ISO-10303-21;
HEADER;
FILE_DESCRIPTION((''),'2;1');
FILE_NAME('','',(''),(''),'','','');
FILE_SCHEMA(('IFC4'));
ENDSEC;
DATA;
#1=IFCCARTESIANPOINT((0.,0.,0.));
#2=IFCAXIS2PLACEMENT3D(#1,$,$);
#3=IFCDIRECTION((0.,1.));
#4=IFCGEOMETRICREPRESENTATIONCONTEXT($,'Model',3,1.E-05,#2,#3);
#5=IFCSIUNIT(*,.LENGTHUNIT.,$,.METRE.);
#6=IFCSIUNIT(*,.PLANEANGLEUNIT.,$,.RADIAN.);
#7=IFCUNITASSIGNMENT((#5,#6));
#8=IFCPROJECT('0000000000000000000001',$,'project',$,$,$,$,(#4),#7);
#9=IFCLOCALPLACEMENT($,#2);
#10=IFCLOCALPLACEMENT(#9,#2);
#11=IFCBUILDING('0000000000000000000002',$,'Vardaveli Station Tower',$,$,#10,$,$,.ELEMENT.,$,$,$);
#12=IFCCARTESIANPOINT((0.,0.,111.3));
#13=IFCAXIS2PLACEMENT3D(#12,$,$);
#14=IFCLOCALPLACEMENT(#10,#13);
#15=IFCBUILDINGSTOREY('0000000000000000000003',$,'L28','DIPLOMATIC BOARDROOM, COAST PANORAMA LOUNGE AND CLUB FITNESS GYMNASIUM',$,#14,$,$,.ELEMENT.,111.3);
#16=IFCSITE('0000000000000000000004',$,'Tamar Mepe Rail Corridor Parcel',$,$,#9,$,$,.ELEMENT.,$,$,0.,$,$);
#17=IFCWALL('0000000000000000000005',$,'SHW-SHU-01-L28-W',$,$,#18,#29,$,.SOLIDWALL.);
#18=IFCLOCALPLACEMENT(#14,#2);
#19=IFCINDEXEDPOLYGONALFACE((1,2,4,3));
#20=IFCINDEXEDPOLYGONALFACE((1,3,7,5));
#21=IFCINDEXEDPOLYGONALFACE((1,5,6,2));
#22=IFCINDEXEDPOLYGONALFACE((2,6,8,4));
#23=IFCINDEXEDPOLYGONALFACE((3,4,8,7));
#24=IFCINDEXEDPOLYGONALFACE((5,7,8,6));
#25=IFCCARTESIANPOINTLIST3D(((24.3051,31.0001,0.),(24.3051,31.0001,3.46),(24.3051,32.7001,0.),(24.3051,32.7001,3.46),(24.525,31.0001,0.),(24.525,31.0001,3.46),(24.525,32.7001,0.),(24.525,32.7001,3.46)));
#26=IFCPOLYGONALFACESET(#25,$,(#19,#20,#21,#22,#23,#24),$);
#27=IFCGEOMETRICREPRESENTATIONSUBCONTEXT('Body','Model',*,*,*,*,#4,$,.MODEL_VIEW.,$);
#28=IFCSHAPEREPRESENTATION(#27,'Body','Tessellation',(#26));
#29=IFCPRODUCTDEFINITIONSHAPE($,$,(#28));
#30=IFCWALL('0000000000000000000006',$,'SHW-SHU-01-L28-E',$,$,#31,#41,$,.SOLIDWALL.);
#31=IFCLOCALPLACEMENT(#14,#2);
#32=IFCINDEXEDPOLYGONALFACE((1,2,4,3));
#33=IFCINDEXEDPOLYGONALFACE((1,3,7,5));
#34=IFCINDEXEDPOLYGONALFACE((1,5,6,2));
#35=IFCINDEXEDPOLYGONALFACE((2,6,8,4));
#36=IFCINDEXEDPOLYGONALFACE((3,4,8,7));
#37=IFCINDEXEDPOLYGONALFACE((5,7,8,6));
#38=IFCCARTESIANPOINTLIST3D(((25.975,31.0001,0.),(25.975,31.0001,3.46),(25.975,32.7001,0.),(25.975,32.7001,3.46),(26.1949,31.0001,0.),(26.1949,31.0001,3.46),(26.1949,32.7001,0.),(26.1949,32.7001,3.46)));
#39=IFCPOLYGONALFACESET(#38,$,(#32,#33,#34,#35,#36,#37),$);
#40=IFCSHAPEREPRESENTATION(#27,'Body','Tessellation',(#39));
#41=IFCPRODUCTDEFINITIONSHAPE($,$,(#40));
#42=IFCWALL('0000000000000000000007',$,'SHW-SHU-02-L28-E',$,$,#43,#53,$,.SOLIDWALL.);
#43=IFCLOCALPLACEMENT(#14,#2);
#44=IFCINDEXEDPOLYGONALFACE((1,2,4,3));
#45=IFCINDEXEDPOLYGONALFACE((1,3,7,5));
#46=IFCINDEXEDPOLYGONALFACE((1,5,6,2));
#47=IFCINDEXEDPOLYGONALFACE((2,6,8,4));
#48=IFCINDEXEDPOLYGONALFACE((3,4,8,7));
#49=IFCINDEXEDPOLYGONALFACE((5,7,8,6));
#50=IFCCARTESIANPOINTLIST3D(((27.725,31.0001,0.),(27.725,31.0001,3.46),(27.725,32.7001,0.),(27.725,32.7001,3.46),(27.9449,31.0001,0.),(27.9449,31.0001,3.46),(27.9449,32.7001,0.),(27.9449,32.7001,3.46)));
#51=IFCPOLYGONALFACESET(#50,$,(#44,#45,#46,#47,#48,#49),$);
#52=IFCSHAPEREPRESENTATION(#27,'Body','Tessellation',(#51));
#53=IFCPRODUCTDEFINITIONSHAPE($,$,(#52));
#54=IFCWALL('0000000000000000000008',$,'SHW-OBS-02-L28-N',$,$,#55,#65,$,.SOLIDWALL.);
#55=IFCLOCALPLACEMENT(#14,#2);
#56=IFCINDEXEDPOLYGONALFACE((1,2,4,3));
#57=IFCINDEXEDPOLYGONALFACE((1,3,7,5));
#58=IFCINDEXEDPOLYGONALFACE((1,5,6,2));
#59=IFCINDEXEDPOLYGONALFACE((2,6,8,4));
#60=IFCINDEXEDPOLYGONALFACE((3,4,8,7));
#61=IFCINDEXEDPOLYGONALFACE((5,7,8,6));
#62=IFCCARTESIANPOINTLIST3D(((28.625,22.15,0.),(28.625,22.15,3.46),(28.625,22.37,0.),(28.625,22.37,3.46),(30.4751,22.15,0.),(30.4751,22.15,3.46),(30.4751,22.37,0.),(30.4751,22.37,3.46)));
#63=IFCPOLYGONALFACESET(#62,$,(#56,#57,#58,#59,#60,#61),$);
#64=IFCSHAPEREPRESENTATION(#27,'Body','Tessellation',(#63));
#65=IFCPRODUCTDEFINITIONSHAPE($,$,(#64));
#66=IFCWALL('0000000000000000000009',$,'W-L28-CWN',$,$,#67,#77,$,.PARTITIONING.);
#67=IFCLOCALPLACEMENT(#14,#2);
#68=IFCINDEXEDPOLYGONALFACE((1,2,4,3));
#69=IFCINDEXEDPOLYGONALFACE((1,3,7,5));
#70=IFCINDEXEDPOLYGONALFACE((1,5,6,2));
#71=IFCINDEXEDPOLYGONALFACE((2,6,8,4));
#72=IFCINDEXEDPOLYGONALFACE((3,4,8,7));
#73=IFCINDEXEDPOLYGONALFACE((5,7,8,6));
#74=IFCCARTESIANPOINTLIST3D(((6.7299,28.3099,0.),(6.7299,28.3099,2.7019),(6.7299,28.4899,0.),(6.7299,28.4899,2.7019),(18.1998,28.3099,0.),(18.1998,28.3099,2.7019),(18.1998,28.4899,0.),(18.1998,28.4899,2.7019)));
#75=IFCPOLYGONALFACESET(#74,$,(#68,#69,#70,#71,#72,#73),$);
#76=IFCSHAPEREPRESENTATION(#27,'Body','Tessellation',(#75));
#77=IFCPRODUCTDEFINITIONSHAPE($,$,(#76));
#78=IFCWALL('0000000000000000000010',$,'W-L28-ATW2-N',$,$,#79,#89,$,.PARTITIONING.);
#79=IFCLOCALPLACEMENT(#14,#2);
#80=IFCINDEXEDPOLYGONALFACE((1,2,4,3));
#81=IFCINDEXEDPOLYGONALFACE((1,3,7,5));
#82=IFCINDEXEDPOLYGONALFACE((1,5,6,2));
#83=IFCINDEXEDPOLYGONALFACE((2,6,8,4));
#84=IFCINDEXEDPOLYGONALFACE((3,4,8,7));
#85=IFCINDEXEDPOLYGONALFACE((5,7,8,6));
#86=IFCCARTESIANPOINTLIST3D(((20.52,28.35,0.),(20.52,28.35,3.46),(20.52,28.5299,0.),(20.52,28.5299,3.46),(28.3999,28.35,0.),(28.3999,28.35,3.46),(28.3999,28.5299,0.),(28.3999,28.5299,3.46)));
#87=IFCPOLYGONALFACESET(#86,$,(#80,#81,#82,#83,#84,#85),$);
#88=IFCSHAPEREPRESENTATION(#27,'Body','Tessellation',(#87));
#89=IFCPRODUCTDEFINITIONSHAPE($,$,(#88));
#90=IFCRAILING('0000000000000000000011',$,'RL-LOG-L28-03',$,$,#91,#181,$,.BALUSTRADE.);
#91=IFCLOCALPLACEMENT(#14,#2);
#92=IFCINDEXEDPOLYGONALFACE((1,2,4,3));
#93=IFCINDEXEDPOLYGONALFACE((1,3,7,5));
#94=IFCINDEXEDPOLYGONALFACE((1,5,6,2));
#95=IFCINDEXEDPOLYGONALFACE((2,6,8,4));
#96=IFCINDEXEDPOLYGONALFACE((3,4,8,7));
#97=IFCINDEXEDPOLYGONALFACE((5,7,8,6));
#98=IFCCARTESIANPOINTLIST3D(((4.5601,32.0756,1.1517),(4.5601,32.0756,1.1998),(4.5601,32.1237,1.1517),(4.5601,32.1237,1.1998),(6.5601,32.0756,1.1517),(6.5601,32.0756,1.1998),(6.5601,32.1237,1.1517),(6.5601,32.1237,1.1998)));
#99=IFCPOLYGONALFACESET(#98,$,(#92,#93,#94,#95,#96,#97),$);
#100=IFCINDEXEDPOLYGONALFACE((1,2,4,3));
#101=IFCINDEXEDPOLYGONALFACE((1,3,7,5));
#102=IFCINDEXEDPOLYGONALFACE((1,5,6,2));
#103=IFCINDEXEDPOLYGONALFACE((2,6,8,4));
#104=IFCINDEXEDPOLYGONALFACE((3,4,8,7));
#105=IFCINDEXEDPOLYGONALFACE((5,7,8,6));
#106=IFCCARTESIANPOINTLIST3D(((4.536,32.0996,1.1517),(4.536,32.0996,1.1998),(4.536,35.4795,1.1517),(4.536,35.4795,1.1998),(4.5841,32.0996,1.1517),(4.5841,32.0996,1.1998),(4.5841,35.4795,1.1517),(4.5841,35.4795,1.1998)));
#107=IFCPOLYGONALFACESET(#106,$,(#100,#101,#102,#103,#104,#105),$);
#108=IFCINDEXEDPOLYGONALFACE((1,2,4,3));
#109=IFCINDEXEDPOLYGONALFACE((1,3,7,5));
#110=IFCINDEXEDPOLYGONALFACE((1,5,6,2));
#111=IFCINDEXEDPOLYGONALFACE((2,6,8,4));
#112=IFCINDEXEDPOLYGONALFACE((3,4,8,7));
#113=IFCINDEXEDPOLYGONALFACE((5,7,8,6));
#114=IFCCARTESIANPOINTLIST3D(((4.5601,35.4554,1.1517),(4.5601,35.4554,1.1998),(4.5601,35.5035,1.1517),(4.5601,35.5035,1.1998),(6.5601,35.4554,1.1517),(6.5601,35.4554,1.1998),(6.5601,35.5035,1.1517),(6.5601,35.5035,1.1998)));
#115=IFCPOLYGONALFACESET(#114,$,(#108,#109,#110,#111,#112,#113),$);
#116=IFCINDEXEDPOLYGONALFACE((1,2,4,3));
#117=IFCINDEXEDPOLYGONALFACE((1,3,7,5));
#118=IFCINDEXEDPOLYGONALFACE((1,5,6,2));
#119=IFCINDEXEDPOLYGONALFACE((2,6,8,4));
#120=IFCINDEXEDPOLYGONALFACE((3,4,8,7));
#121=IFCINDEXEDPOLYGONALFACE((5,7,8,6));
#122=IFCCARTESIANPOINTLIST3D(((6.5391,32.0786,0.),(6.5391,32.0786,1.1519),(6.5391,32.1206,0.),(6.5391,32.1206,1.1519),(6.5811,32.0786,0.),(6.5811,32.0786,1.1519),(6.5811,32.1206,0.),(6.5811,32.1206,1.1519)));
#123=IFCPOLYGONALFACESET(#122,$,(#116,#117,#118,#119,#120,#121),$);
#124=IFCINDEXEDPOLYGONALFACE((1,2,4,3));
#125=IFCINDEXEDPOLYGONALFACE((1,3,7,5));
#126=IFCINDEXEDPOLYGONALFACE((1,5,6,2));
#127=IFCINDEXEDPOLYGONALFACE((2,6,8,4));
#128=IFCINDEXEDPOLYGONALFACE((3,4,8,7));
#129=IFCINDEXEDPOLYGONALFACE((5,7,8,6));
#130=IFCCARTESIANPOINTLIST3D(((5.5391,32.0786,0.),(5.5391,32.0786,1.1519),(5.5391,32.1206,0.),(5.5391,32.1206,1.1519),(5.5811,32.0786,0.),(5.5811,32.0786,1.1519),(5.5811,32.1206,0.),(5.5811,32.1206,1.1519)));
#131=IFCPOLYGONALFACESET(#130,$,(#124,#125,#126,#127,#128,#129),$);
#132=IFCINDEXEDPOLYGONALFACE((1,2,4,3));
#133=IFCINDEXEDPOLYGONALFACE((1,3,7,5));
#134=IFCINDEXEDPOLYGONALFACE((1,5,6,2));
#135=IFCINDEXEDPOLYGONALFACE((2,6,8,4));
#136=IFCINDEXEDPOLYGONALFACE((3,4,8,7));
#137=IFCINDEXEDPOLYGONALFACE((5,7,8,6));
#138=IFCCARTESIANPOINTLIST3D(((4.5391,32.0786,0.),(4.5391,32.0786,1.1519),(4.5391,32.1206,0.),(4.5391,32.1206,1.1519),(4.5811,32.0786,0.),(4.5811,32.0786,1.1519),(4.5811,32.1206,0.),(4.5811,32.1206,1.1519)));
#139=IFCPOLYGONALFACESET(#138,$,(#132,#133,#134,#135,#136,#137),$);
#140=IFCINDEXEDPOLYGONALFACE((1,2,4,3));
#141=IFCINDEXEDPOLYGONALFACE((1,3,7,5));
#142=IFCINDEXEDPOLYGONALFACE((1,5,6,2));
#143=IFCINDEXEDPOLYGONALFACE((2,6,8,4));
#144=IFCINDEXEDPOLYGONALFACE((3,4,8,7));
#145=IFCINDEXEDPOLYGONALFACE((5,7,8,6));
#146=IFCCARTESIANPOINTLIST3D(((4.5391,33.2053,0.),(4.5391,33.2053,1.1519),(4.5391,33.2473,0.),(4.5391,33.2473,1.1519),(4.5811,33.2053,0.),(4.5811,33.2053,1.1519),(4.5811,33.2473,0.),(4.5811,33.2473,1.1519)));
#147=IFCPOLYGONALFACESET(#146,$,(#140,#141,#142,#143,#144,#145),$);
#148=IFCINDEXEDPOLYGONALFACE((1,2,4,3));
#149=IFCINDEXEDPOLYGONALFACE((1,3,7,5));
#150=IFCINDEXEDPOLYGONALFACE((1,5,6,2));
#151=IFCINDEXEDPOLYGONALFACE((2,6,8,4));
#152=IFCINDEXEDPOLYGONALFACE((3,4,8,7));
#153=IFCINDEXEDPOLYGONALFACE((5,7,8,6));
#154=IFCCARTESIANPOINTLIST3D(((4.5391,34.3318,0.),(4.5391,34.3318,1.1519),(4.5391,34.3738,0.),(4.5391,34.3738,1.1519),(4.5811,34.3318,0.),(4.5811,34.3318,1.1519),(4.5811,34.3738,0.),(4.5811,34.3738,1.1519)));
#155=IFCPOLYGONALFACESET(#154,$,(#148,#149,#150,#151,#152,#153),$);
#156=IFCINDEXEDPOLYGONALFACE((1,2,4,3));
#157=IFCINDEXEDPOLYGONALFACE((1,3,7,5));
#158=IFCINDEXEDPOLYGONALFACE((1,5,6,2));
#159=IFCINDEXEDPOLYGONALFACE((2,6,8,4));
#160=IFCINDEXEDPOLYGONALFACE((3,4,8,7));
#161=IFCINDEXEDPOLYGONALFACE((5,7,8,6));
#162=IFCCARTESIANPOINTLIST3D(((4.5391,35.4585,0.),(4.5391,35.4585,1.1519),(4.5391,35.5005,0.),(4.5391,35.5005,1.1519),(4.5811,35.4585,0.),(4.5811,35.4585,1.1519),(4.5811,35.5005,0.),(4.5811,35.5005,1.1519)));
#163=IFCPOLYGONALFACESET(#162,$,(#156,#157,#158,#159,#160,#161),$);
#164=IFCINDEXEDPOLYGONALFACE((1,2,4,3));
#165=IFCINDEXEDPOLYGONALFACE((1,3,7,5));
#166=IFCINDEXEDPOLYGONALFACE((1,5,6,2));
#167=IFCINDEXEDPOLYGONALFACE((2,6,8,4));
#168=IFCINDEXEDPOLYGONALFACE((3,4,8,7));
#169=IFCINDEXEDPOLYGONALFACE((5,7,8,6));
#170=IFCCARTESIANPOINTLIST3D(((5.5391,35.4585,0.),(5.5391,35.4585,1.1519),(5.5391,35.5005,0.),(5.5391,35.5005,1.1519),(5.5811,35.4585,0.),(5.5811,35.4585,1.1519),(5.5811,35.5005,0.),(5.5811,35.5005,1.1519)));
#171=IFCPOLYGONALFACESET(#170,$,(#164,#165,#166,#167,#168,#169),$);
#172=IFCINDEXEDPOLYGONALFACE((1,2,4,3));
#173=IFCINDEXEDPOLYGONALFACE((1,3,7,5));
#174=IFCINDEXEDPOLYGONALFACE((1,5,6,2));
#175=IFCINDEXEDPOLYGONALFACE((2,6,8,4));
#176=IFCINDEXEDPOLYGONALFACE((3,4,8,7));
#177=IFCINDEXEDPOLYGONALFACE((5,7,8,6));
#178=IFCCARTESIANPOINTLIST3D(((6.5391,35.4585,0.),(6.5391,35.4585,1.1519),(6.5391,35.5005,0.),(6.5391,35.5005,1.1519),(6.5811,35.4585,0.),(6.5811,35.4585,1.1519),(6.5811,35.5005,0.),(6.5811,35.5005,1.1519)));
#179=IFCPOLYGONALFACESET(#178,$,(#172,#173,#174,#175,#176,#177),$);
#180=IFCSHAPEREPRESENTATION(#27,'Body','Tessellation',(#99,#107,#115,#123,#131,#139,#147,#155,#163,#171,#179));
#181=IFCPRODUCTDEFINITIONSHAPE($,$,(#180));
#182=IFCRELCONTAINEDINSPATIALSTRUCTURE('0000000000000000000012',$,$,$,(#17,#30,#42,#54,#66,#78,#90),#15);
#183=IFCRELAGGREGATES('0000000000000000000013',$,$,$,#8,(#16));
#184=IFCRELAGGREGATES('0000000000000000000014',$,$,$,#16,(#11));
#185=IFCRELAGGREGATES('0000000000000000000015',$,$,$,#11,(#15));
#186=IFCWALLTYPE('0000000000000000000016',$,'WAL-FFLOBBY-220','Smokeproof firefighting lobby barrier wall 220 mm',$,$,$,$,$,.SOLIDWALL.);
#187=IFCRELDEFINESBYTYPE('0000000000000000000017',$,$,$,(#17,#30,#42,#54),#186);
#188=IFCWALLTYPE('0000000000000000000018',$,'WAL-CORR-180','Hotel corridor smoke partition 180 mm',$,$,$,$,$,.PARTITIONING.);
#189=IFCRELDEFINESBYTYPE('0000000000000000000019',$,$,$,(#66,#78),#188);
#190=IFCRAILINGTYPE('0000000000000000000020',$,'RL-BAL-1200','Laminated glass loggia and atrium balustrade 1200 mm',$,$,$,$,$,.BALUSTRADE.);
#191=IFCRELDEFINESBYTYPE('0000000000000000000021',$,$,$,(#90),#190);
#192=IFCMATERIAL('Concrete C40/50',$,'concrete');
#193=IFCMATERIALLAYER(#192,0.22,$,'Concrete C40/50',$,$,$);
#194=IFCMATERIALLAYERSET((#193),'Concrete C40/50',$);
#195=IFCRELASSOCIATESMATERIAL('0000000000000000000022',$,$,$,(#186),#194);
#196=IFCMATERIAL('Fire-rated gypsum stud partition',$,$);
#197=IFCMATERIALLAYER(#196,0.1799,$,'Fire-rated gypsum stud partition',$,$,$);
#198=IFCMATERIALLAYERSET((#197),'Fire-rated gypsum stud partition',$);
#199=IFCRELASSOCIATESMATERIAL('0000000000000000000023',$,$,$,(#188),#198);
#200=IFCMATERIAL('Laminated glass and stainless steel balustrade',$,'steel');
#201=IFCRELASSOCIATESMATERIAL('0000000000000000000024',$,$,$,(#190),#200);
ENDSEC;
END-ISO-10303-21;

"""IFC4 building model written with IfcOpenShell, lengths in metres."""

from ifc_helpers import new_model, si_unit, direction, frame, frame_2d, origin, origin_2d, place, context, subcontext, project, spatial, rectangle, extrude, source, transform, mapped, material, layer, layer_set, type_object, element, save


model = new_model("IFC4")

# Units and contexts
model_context = context("Model", 3, precision=1e-05, world=origin(), true_north=direction((0.0, 1.0)))
body_context = subcontext(model_context, "Body", "Model", "MODEL_VIEW")
ifc_project = project(units=[si_unit("LENGTHUNIT", "METRE"), si_unit("PLANEANGLEUNIT", "RADIAN")], contexts=[model_context])

# Site, building, storey
site_placement = place(None, origin())
site = spatial("IfcSite", under=ifc_project, at=site_placement, Name="Tamar Mepe Rail Corridor Parcel", CompositionType="ELEMENT", RefElevation=0.0)
building_placement = place(site_placement, origin())
building = spatial("IfcBuilding", under=site, at=building_placement, Name="Vardaveli Station Tower", CompositionType="ELEMENT")
storey_placement = place(building_placement, frame((0.0, 0.0, 111.3)))
storey = spatial("IfcBuildingStorey", under=building, at=storey_placement, Name="L28", Description="DIPLOMATIC BOARDROOM, COAST PANORAMA LOUNGE AND CLUB FITNESS GYMNASIUM", CompositionType="ELEMENT", Elevation=111.3)

# Shared definitions
ifc_material_1 = material(Name="Concrete C40/50", Category="concrete")

# Walls
ifc_layer_1 = layer(ifc_material_1, 0.22, Name="Concrete C40/50")
ifc_layer_set_1 = layer_set([ifc_layer_1], Name="Concrete C40/50")
wall_type_1 = type_object("IfcWallType", Name="WAL-FFLOBBY-220", Description="Smokeproof firefighting lobby barrier wall 220 mm", PredefinedType="SOLIDWALL", material=ifc_layer_set_1)
shared_shape_1 = source(origin(), body_context, "Body", "SweptSolid", [
    extrude(rectangle(XDim=1.7, YDim=0.22, at=frame_2d((0.8501, 0.0))), origin(), (0.0, 0.0, 1.0), 3.46),
])
for number, where, z_axis, x_axis, name in (
    (1, (24.415, 31.0, 0.0), (0.0, 0.0, 1.0), (0.0, 1.0, 0.0), "SHW-SHU-01-L28-W"),
    (2, (26.085, 31.0, 0.0), (0.0, 0.0, 1.0), (0.0, 1.0, 0.0), "SHW-SHU-01-L28-E"),
    (3, (27.835, 31.0, 0.0), (0.0, 0.0, 1.0), (0.0, 1.0, 0.0), "SHW-SHU-02-L28-E"),
):
    element("IfcWall", number, at=place(storey_placement, frame(where, z_axis=z_axis, x_axis=x_axis)), inside=storey, type_object=wall_type_1, Name=name, PredefinedType="SOLIDWALL", context=body_context, shape_type="MappedRepresentation", body=[
        mapped(shared_shape_1, transform((0.0, 0.0, 0.0), scale=1.0)),
    ])
shared_shape_2 = source(origin(), body_context, "Body", "SweptSolid", [
    extrude(rectangle(XDim=1.8501, YDim=0.22, at=frame_2d((0.925, 0.0))), origin(), (0.0, 0.0, 1.0), 3.46),
])
wall_1_placement = place(storey_placement, frame((28.625, 22.26, 0.0), z_axis=(0.0, 0.0, 1.0), x_axis=(1.0, 0.0, 0.0)))
element("IfcWall", 4, at=wall_1_placement, inside=storey, type_object=wall_type_1, Name="SHW-OBS-02-L28-N", PredefinedType="SOLIDWALL", context=body_context, shape_type="MappedRepresentation", body=[
    mapped(shared_shape_2, transform((0.0, 0.0, 0.0), scale=1.0)),
])
ifc_material_2 = material(Name="Fire-rated gypsum stud partition")
ifc_layer_2 = layer(ifc_material_2, 0.1799, Name="Fire-rated gypsum stud partition")
ifc_layer_set_2 = layer_set([ifc_layer_2], Name="Fire-rated gypsum stud partition")
wall_type_2 = type_object("IfcWallType", Name="WAL-CORR-180", Description="Hotel corridor smoke partition 180 mm", PredefinedType="PARTITIONING", material=ifc_layer_set_2)
shared_shape_3 = source(origin(), body_context, "Body", "SweptSolid", [
    extrude(rectangle(XDim=11.47, YDim=0.1799, at=frame_2d((5.7349, 0.0))), origin(), (0.0, 0.0, 1.0), 2.7019),
])
wall_2_placement = place(storey_placement, frame((6.73, 28.3999, 0.0), z_axis=(0.0, 0.0, 1.0), x_axis=(1.0, 0.0, 0.0)))
element("IfcWall", 5, at=wall_2_placement, inside=storey, type_object=wall_type_2, Name="W-L28-CWN", PredefinedType="PARTITIONING", context=body_context, shape_type="MappedRepresentation", body=[
    mapped(shared_shape_3, transform((0.0, 0.0, 0.0), scale=1.0)),
])
shared_shape_4 = source(origin(), body_context, "Body", "SweptSolid", [
    extrude(rectangle(XDim=7.8799, YDim=0.1799, at=frame_2d((3.9399, 0.0))), origin(), (0.0, 0.0, 1.0), 3.46),
])
wall_3_placement = place(storey_placement, frame((20.52, 28.4399, 0.0), z_axis=(0.0, 0.0, 1.0), x_axis=(1.0, 0.0, 0.0)))
element("IfcWall", 6, at=wall_3_placement, inside=storey, type_object=wall_type_2, Name="W-L28-ATW2-N", PredefinedType="PARTITIONING", context=body_context, shape_type="MappedRepresentation", body=[
    mapped(shared_shape_4, transform((0.0, 0.0, 0.0), scale=1.0)),
])

# Railing
ifc_material_3 = material(Name="Laminated glass and stainless steel balustrade", Category="steel")
railing_type = type_object("IfcRailingType", Name="RL-BAL-1200", Description="Laminated glass loggia and atrium balustrade 1200 mm", PredefinedType="BALUSTRADE", material=ifc_material_3)
shared_shape_5 = source(origin(), body_context, "Body", "SweptSolid", [
    extrude(rectangle(XDim=0.0481, YDim=0.0481, at=origin_2d()), frame((0.0, 0.0, 1.1758), z_axis=(-1.0, 0.0, 0.0), x_axis=(0.0, -1.0, 0.0)), (0.0, 0.0, 1.0), 2.0),
    extrude(rectangle(XDim=0.0481, YDim=0.0481, at=origin_2d()), frame((-2.0, 0.0, 1.1758), z_axis=(0.0, 1.0, 0.0), x_axis=(-1.0, 0.0, 0.0)), (0.0, 0.0, 1.0), 3.3799),
    extrude(rectangle(XDim=0.0481, YDim=0.0481, at=origin_2d()), frame((-2.0, 3.3799, 1.1758), z_axis=(1.0, 0.0, 0.0), x_axis=(0.0, 1.0, 0.0)), (0.0, 0.0, 1.0), 2.0),
    extrude(rectangle(XDim=0.042, YDim=0.042, at=origin_2d()), origin(), (0.0, 0.0, 1.0), 1.1519),
    extrude(rectangle(XDim=0.042, YDim=0.042, at=origin_2d()), frame((-1.0, 0.0, 0.0)), (0.0, 0.0, 1.0), 1.1519),
    extrude(rectangle(XDim=0.042, YDim=0.042, at=origin_2d()), frame((-2.0, 0.0, 0.0)), (0.0, 0.0, 1.0), 1.1519),
    extrude(rectangle(XDim=0.042, YDim=0.042, at=origin_2d()), frame((-2.0, 1.1267, 0.0)), (0.0, 0.0, 1.0), 1.1519),
    extrude(rectangle(XDim=0.042, YDim=0.042, at=origin_2d()), frame((-2.0, 2.2532, 0.0)), (0.0, 0.0, 1.0), 1.1519),
    extrude(rectangle(XDim=0.042, YDim=0.042, at=origin_2d()), frame((-2.0, 3.3799, 0.0)), (0.0, 0.0, 1.0), 1.1519),
    extrude(rectangle(XDim=0.042, YDim=0.042, at=origin_2d()), frame((-1.0, 3.3799, 0.0)), (0.0, 0.0, 1.0), 1.1519),
    extrude(rectangle(XDim=0.042, YDim=0.042, at=origin_2d()), frame((0.0, 3.3799, 0.0)), (0.0, 0.0, 1.0), 1.1519),
])
railing_placement = place(storey_placement, frame((6.5601, 32.0996, 0.0)))
element("IfcRailing", 7, at=railing_placement, inside=storey, type_object=railing_type, Name="RL-LOG-L28-03", PredefinedType="BALUSTRADE", context=body_context, shape_type="MappedRepresentation", body=[
    mapped(shared_shape_5, transform((0.0, 0.0, 0.0), scale=1.0)),
])

save(model, "model.ifc")
